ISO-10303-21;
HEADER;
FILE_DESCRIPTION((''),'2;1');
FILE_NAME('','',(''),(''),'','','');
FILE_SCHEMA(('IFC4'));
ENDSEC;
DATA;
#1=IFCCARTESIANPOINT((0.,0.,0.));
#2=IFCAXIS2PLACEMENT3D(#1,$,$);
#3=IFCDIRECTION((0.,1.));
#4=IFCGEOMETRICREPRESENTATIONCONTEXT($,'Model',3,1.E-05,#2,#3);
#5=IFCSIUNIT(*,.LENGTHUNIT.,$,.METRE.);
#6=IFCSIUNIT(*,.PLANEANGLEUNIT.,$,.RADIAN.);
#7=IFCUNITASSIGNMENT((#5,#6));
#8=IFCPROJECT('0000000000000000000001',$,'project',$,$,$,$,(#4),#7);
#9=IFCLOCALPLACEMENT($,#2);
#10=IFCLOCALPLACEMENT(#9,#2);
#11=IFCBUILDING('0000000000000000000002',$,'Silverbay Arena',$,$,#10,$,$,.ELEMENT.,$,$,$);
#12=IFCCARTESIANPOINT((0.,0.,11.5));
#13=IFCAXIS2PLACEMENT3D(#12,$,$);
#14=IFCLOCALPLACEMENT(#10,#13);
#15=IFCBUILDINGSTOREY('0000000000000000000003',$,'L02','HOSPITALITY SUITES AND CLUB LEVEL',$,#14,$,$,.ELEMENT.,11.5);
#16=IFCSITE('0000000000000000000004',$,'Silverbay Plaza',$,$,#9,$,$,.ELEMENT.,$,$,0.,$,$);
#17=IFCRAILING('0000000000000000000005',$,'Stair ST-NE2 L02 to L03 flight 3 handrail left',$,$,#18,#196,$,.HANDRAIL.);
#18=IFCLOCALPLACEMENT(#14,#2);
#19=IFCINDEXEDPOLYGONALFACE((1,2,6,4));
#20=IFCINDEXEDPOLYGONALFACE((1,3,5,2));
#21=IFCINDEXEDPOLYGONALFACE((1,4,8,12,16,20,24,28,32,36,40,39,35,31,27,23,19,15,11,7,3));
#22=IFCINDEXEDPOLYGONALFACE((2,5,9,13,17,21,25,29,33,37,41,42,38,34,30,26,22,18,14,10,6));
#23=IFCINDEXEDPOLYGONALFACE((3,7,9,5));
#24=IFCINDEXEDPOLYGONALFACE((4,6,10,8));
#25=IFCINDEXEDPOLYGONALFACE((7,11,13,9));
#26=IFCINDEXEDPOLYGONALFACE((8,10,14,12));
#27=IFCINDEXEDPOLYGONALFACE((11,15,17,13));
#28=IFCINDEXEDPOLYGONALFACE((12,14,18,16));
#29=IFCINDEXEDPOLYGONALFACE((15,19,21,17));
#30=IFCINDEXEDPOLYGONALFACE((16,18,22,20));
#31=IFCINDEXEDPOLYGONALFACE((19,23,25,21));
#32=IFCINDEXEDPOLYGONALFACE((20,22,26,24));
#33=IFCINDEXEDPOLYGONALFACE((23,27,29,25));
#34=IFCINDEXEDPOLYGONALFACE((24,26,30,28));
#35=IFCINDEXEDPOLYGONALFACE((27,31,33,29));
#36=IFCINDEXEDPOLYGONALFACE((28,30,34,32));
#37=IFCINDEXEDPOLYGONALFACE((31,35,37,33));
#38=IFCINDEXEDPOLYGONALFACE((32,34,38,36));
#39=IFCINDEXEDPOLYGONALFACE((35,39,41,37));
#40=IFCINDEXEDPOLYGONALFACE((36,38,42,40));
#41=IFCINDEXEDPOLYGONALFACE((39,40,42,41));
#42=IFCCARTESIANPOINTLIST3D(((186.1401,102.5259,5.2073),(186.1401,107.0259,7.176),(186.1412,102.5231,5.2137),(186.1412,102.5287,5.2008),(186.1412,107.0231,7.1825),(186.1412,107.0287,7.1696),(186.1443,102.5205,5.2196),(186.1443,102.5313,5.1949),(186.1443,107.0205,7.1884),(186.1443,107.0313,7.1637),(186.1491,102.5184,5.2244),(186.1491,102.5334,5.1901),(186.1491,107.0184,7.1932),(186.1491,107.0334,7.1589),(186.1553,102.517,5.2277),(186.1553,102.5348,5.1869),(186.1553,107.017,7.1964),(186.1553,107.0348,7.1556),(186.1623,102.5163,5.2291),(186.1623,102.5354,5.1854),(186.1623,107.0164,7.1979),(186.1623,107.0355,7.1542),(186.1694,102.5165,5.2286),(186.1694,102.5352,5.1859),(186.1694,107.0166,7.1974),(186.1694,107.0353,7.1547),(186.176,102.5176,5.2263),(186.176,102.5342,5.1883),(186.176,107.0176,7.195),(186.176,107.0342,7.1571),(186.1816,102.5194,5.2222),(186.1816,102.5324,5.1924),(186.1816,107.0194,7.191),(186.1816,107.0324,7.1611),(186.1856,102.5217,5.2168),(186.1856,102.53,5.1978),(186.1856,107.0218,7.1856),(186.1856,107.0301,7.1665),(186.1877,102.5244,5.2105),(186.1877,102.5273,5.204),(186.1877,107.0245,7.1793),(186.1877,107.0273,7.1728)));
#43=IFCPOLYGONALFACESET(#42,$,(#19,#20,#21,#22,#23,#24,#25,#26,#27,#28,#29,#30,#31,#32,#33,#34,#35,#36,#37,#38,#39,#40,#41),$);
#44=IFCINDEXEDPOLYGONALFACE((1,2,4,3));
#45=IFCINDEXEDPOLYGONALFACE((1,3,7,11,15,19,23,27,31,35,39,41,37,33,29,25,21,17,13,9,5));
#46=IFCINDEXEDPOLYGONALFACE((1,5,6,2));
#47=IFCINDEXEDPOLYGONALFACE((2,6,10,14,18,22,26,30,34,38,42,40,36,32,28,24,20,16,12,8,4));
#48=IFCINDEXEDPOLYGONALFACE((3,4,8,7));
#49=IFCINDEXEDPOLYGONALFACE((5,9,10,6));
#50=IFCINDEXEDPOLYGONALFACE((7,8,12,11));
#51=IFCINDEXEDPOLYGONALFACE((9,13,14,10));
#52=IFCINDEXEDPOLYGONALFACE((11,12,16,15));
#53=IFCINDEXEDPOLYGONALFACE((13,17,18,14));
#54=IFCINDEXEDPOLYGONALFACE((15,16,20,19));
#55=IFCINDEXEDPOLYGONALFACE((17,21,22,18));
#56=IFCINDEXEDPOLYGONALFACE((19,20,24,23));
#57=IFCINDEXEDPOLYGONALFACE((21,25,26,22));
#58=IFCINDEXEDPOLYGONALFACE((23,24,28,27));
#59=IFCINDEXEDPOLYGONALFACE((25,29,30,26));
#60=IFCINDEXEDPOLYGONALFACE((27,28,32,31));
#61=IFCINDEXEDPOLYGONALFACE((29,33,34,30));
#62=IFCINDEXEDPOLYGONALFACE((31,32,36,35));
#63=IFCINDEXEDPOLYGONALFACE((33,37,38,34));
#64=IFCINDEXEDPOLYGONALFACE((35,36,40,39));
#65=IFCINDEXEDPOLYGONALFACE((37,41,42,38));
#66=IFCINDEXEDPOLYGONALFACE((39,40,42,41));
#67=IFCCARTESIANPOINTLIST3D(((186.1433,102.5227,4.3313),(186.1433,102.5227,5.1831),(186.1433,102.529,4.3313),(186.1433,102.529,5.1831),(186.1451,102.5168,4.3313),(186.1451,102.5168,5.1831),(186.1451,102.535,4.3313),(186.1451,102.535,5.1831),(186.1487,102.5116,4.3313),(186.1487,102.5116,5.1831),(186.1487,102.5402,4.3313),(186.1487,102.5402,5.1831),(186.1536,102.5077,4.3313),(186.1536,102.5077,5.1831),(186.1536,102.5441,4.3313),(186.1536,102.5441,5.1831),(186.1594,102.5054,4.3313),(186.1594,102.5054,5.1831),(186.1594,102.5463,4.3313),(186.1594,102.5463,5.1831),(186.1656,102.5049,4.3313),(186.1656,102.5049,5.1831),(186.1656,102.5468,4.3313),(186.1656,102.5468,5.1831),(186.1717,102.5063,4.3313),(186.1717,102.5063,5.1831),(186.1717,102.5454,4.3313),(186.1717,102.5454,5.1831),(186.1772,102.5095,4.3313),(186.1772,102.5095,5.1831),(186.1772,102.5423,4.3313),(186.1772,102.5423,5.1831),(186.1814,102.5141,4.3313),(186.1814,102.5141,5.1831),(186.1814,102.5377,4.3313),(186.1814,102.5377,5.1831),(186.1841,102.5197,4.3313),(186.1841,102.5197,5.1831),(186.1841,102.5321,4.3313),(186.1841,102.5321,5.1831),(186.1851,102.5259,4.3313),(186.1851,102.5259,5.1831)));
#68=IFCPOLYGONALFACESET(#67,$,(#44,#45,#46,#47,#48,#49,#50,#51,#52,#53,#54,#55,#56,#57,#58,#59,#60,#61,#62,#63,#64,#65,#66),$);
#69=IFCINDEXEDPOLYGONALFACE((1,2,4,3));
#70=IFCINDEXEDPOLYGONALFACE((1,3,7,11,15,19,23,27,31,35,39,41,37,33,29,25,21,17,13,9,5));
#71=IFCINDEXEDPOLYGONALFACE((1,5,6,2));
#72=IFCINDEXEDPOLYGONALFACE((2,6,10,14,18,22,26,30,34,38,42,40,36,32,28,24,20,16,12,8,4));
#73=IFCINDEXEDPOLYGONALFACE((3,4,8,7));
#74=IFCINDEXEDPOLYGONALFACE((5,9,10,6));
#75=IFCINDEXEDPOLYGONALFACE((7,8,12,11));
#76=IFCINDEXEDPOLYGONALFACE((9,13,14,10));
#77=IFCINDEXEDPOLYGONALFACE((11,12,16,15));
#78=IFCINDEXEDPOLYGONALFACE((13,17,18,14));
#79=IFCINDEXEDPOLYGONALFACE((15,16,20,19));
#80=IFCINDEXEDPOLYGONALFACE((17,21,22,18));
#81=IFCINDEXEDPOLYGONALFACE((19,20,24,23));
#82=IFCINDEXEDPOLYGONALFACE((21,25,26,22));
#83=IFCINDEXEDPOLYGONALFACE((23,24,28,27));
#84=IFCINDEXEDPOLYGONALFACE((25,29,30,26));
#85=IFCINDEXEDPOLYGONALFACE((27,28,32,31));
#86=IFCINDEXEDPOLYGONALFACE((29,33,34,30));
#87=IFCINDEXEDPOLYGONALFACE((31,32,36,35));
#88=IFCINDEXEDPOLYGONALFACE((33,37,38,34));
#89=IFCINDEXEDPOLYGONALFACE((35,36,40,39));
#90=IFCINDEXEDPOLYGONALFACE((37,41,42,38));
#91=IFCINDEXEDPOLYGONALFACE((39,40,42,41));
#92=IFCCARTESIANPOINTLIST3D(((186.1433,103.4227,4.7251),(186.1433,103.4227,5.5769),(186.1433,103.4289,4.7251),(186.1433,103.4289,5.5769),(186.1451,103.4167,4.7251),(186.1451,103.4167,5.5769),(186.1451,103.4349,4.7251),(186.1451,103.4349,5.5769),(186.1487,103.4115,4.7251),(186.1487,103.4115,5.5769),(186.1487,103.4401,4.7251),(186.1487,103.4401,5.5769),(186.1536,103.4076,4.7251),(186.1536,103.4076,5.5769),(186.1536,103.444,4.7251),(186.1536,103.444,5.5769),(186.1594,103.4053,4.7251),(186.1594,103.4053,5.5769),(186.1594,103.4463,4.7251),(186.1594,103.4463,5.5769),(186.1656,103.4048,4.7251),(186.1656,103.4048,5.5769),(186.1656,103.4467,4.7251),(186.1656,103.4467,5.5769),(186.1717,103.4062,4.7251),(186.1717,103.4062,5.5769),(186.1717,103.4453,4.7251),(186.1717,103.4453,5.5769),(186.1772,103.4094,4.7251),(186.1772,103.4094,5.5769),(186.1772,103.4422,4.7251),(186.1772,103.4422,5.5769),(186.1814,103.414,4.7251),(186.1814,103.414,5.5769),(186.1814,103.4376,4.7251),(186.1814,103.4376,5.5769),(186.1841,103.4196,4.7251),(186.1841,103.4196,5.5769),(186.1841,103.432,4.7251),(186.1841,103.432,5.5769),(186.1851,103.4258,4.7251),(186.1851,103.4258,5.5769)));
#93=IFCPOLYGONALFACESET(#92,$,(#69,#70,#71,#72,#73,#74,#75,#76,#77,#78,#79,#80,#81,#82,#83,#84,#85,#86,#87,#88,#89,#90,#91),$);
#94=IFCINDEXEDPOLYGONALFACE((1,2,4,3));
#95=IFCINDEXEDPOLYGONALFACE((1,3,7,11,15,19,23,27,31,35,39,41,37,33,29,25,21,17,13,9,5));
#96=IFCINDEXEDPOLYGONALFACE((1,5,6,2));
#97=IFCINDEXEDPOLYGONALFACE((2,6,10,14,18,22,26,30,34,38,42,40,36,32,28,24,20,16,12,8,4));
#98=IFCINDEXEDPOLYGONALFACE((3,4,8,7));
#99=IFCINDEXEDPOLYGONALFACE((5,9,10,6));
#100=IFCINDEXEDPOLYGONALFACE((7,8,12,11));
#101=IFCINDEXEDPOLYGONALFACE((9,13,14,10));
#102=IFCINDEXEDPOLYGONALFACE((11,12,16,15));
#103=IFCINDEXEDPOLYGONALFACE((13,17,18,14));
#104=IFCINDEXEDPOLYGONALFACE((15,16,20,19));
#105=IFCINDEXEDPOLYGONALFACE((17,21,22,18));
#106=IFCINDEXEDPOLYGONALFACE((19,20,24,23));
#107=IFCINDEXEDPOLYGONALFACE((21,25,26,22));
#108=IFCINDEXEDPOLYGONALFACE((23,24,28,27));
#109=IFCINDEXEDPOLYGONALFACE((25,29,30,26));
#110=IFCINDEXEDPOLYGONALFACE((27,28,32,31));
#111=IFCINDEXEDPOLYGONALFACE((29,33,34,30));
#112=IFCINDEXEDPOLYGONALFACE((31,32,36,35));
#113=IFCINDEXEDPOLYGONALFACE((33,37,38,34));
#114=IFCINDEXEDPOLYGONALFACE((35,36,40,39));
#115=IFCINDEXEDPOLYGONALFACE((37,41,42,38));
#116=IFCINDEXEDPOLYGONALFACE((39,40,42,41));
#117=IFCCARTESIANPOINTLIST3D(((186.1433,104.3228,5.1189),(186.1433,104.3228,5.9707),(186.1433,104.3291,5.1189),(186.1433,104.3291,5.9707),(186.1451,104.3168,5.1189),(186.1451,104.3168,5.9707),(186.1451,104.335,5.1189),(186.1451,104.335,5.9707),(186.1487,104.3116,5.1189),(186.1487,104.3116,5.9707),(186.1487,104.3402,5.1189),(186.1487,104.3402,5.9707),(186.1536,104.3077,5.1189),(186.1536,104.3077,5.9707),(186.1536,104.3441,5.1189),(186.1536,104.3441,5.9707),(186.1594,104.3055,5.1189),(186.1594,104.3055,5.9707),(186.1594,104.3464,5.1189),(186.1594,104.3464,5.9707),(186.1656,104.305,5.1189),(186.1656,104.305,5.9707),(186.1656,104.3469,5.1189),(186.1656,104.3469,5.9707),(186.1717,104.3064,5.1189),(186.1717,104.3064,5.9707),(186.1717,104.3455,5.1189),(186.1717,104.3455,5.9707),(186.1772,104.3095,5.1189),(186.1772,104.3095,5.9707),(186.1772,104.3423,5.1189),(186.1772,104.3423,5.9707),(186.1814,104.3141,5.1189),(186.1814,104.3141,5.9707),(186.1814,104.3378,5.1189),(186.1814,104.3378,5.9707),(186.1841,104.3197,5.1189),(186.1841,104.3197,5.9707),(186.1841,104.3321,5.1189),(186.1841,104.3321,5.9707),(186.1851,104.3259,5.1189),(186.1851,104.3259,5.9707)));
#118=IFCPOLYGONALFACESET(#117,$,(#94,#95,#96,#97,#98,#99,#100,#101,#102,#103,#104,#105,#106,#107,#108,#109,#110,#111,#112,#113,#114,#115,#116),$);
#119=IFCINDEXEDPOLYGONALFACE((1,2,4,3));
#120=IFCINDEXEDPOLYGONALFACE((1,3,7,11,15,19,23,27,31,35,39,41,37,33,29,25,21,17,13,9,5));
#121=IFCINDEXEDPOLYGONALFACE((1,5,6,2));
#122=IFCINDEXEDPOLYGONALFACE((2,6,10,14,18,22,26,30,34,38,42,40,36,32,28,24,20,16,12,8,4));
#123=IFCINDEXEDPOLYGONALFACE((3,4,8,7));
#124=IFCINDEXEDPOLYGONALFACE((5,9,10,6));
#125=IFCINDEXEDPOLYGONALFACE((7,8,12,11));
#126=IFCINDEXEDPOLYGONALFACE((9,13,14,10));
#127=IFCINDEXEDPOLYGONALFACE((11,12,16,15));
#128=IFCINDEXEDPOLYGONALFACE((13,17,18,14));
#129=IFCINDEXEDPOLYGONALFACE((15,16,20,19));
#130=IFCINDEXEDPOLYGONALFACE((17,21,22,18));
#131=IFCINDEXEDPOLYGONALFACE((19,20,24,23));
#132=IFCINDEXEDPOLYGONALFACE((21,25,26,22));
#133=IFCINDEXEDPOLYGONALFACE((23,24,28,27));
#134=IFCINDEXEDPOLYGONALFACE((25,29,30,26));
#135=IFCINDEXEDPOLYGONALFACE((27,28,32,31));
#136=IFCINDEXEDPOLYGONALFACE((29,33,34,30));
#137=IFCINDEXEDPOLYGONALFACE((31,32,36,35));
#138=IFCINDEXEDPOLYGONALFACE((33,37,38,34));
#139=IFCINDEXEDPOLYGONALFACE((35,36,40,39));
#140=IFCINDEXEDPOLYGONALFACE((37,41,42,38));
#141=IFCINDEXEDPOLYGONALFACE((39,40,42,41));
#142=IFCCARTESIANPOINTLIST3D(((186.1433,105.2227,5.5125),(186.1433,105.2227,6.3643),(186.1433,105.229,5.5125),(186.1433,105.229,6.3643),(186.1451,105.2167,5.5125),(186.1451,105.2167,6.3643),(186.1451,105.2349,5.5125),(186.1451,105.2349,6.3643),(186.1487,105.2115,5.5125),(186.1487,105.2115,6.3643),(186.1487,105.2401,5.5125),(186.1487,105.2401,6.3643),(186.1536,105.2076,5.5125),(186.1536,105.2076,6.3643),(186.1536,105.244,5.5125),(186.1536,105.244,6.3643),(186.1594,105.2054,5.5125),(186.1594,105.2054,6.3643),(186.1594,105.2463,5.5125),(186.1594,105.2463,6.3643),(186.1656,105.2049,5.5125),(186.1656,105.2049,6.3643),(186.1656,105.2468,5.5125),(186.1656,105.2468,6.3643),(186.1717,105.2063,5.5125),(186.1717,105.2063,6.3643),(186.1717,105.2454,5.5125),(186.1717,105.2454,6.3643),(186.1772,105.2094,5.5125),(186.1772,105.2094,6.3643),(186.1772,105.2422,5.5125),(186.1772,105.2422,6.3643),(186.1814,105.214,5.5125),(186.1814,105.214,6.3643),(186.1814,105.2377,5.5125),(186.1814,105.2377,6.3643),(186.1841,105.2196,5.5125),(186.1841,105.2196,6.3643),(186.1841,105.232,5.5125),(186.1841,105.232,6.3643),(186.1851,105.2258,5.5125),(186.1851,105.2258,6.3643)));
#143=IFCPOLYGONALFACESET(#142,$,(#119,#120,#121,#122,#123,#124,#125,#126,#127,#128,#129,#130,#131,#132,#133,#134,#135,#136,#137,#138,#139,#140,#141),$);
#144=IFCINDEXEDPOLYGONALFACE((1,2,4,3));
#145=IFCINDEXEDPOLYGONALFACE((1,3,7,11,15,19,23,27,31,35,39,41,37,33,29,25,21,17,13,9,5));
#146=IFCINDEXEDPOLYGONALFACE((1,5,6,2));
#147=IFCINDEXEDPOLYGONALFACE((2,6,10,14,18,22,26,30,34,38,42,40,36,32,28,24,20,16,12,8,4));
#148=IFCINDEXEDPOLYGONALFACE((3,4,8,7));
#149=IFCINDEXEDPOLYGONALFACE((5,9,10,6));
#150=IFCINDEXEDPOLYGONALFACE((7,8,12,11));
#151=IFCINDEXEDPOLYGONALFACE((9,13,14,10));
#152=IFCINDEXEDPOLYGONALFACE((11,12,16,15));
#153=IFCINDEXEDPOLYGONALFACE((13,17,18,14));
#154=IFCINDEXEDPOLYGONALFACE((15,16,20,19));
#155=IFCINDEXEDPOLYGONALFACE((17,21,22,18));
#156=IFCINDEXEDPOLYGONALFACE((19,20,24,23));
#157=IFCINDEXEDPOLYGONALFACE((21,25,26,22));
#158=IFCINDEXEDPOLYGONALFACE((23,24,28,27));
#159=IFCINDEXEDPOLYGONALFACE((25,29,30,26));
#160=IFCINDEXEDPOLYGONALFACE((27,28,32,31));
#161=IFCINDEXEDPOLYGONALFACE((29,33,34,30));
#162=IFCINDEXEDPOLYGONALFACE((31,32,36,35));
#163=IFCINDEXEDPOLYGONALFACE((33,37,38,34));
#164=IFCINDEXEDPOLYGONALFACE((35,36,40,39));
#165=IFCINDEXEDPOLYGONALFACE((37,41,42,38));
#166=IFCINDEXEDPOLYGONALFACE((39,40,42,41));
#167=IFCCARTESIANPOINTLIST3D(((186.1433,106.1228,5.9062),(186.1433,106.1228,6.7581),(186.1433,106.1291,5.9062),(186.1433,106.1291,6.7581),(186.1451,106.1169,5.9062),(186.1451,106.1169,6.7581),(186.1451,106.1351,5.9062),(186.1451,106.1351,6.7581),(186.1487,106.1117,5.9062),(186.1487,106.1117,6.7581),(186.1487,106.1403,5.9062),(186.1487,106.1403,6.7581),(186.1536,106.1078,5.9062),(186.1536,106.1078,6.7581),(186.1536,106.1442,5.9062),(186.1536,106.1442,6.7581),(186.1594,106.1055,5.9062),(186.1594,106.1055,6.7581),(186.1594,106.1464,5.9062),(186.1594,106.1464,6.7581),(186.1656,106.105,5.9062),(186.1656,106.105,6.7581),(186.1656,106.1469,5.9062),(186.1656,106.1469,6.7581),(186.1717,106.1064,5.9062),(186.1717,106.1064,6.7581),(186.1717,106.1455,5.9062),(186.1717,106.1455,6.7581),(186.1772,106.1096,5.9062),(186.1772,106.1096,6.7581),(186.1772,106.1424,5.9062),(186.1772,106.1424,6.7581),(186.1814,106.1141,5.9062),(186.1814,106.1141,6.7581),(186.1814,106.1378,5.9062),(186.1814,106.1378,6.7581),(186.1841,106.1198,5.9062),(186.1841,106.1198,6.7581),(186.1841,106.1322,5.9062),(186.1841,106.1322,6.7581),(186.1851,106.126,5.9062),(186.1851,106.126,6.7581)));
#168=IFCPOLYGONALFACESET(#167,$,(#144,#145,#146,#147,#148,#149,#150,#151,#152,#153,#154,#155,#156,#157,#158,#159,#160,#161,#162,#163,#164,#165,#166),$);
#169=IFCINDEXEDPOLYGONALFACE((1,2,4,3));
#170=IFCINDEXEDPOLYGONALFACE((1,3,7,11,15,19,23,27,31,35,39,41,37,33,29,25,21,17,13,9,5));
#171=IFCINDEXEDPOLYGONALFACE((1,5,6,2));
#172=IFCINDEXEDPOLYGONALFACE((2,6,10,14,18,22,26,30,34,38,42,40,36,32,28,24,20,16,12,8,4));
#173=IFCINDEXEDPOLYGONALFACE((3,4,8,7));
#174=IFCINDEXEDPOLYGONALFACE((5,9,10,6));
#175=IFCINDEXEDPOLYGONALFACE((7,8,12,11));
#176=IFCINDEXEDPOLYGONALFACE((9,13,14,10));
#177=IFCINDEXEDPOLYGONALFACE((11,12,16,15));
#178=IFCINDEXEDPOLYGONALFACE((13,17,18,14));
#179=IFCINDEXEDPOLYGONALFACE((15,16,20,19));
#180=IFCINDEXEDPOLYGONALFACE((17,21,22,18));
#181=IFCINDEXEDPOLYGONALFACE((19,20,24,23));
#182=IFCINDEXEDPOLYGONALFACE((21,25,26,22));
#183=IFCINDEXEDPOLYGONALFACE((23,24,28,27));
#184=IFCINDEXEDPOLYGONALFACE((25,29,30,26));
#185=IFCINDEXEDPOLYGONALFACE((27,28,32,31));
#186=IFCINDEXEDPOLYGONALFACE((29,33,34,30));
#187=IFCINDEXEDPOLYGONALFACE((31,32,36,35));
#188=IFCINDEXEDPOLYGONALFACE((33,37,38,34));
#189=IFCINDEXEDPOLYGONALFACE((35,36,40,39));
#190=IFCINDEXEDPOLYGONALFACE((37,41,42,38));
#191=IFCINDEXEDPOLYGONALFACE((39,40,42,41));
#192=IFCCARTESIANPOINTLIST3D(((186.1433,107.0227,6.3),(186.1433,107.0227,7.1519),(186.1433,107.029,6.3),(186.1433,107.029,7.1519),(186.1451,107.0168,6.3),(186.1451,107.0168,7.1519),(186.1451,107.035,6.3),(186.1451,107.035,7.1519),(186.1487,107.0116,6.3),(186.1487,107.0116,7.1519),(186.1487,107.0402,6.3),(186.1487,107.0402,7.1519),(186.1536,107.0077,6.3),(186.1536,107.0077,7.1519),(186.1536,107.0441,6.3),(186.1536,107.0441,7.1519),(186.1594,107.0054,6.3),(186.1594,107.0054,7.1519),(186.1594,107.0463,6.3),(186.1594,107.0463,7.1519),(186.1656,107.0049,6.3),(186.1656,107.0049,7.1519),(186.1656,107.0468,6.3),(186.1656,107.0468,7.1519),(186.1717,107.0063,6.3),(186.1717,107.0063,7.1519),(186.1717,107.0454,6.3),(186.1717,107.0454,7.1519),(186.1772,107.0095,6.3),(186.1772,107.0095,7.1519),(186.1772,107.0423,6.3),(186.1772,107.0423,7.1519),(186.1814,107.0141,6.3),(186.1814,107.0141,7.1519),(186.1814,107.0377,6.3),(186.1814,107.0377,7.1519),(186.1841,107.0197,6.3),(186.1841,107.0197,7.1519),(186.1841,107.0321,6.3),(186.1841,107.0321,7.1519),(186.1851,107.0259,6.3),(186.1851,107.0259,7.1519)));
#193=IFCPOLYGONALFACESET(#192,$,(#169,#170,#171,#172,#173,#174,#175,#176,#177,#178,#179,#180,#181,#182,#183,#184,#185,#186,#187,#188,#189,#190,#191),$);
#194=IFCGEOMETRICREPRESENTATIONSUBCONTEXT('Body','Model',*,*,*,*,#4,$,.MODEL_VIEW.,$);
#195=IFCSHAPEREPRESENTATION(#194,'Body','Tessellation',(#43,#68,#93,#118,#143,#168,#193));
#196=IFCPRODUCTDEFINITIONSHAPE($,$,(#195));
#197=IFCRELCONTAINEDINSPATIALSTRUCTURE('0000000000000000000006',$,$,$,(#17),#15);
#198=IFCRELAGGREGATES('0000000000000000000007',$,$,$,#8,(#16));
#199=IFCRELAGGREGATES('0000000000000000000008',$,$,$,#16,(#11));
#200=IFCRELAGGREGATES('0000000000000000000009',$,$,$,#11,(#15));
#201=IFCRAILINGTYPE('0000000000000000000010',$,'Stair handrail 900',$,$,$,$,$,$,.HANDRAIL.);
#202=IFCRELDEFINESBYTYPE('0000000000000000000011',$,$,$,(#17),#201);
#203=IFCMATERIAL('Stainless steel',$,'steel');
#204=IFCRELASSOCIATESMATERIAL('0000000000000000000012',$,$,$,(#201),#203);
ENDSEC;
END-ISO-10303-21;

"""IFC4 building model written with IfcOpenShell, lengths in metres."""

from ifc_helpers import new_model, si_unit, direction, frame, origin, origin_2d, place, context, subcontext, project, spatial, circle, extrude, material, type_object, element, save


model = new_model("IFC4")

# Units and contexts
model_context = context("Model", 3, precision=1e-05, world=origin(), true_north=direction((0.0, 1.0)))
body_context = subcontext(model_context, "Body", "Model", "MODEL_VIEW")
ifc_project = project(units=[si_unit("LENGTHUNIT", "METRE"), si_unit("PLANEANGLEUNIT", "RADIAN")], contexts=[model_context])

# Site, building, storey
site_placement = place(None, origin())
site = spatial("IfcSite", under=ifc_project, at=site_placement, Name="Silverbay Plaza", CompositionType="ELEMENT", RefElevation=0.0)
building_placement = place(site_placement, origin())
building = spatial("IfcBuilding", under=site, at=building_placement, Name="Silverbay Arena", CompositionType="ELEMENT")
storey_placement = place(building_placement, frame((0.0, 0.0, 11.5)))
storey = spatial("IfcBuildingStorey", under=building, at=storey_placement, Name="L02", Description="HOSPITALITY SUITES AND CLUB LEVEL", CompositionType="ELEMENT", Elevation=11.5)

# Railing
ifc_material_1 = material(Name="Stainless steel", Category="steel")
railing_type_1 = type_object("IfcRailingType", Name="Stair handrail 900", PredefinedType="HANDRAIL", material=ifc_material_1)
for number, where, name in (
    (1, (186.1641, 102.5259, 4.3313), "Stair ST-NE2 L02 to L03 flight 3 handrail left"),
):
    element("IfcRailing", number, at=place(storey_placement, frame(where)), inside=storey, type_object=railing_type_1, Name=name, PredefinedType="HANDRAIL", context=body_context, shape_type="SweptSolid", body=[
        extrude(circle(Radius=0.0239, at=origin_2d()), frame((0.0, 0.0, 0.876), z_axis=(0.0, 0.916157, 0.400819), x_axis=(-1.0, 0.0, 0.0)), (0.0, 0.0, 1.0), 4.9119),
        extrude(circle(Radius=0.021, at=origin_2d()), origin(), (0.0, 0.0, 1.0), 0.8518),
        extrude(circle(Radius=0.021, at=origin_2d()), frame((0.0, 0.8999, 0.3938)), (0.0, 0.0, 1.0), 0.8518),
        extrude(circle(Radius=0.021, at=origin_2d()), frame((0.0, 1.8, 0.7876)), (0.0, 0.0, 1.0), 0.8518),
        extrude(circle(Radius=0.021, at=origin_2d()), frame((0.0, 2.7, 1.1812)), (0.0, 0.0, 1.0), 0.8518),
        extrude(circle(Radius=0.021, at=origin_2d()), frame((0.0, 3.6001, 1.575)), (0.0, 0.0, 1.0), 0.8518),
        extrude(circle(Radius=0.021, at=origin_2d()), frame((0.0, 4.5, 1.9688)), (0.0, 0.0, 1.0), 0.8518),
    ])

save(model, "model.ifc")
